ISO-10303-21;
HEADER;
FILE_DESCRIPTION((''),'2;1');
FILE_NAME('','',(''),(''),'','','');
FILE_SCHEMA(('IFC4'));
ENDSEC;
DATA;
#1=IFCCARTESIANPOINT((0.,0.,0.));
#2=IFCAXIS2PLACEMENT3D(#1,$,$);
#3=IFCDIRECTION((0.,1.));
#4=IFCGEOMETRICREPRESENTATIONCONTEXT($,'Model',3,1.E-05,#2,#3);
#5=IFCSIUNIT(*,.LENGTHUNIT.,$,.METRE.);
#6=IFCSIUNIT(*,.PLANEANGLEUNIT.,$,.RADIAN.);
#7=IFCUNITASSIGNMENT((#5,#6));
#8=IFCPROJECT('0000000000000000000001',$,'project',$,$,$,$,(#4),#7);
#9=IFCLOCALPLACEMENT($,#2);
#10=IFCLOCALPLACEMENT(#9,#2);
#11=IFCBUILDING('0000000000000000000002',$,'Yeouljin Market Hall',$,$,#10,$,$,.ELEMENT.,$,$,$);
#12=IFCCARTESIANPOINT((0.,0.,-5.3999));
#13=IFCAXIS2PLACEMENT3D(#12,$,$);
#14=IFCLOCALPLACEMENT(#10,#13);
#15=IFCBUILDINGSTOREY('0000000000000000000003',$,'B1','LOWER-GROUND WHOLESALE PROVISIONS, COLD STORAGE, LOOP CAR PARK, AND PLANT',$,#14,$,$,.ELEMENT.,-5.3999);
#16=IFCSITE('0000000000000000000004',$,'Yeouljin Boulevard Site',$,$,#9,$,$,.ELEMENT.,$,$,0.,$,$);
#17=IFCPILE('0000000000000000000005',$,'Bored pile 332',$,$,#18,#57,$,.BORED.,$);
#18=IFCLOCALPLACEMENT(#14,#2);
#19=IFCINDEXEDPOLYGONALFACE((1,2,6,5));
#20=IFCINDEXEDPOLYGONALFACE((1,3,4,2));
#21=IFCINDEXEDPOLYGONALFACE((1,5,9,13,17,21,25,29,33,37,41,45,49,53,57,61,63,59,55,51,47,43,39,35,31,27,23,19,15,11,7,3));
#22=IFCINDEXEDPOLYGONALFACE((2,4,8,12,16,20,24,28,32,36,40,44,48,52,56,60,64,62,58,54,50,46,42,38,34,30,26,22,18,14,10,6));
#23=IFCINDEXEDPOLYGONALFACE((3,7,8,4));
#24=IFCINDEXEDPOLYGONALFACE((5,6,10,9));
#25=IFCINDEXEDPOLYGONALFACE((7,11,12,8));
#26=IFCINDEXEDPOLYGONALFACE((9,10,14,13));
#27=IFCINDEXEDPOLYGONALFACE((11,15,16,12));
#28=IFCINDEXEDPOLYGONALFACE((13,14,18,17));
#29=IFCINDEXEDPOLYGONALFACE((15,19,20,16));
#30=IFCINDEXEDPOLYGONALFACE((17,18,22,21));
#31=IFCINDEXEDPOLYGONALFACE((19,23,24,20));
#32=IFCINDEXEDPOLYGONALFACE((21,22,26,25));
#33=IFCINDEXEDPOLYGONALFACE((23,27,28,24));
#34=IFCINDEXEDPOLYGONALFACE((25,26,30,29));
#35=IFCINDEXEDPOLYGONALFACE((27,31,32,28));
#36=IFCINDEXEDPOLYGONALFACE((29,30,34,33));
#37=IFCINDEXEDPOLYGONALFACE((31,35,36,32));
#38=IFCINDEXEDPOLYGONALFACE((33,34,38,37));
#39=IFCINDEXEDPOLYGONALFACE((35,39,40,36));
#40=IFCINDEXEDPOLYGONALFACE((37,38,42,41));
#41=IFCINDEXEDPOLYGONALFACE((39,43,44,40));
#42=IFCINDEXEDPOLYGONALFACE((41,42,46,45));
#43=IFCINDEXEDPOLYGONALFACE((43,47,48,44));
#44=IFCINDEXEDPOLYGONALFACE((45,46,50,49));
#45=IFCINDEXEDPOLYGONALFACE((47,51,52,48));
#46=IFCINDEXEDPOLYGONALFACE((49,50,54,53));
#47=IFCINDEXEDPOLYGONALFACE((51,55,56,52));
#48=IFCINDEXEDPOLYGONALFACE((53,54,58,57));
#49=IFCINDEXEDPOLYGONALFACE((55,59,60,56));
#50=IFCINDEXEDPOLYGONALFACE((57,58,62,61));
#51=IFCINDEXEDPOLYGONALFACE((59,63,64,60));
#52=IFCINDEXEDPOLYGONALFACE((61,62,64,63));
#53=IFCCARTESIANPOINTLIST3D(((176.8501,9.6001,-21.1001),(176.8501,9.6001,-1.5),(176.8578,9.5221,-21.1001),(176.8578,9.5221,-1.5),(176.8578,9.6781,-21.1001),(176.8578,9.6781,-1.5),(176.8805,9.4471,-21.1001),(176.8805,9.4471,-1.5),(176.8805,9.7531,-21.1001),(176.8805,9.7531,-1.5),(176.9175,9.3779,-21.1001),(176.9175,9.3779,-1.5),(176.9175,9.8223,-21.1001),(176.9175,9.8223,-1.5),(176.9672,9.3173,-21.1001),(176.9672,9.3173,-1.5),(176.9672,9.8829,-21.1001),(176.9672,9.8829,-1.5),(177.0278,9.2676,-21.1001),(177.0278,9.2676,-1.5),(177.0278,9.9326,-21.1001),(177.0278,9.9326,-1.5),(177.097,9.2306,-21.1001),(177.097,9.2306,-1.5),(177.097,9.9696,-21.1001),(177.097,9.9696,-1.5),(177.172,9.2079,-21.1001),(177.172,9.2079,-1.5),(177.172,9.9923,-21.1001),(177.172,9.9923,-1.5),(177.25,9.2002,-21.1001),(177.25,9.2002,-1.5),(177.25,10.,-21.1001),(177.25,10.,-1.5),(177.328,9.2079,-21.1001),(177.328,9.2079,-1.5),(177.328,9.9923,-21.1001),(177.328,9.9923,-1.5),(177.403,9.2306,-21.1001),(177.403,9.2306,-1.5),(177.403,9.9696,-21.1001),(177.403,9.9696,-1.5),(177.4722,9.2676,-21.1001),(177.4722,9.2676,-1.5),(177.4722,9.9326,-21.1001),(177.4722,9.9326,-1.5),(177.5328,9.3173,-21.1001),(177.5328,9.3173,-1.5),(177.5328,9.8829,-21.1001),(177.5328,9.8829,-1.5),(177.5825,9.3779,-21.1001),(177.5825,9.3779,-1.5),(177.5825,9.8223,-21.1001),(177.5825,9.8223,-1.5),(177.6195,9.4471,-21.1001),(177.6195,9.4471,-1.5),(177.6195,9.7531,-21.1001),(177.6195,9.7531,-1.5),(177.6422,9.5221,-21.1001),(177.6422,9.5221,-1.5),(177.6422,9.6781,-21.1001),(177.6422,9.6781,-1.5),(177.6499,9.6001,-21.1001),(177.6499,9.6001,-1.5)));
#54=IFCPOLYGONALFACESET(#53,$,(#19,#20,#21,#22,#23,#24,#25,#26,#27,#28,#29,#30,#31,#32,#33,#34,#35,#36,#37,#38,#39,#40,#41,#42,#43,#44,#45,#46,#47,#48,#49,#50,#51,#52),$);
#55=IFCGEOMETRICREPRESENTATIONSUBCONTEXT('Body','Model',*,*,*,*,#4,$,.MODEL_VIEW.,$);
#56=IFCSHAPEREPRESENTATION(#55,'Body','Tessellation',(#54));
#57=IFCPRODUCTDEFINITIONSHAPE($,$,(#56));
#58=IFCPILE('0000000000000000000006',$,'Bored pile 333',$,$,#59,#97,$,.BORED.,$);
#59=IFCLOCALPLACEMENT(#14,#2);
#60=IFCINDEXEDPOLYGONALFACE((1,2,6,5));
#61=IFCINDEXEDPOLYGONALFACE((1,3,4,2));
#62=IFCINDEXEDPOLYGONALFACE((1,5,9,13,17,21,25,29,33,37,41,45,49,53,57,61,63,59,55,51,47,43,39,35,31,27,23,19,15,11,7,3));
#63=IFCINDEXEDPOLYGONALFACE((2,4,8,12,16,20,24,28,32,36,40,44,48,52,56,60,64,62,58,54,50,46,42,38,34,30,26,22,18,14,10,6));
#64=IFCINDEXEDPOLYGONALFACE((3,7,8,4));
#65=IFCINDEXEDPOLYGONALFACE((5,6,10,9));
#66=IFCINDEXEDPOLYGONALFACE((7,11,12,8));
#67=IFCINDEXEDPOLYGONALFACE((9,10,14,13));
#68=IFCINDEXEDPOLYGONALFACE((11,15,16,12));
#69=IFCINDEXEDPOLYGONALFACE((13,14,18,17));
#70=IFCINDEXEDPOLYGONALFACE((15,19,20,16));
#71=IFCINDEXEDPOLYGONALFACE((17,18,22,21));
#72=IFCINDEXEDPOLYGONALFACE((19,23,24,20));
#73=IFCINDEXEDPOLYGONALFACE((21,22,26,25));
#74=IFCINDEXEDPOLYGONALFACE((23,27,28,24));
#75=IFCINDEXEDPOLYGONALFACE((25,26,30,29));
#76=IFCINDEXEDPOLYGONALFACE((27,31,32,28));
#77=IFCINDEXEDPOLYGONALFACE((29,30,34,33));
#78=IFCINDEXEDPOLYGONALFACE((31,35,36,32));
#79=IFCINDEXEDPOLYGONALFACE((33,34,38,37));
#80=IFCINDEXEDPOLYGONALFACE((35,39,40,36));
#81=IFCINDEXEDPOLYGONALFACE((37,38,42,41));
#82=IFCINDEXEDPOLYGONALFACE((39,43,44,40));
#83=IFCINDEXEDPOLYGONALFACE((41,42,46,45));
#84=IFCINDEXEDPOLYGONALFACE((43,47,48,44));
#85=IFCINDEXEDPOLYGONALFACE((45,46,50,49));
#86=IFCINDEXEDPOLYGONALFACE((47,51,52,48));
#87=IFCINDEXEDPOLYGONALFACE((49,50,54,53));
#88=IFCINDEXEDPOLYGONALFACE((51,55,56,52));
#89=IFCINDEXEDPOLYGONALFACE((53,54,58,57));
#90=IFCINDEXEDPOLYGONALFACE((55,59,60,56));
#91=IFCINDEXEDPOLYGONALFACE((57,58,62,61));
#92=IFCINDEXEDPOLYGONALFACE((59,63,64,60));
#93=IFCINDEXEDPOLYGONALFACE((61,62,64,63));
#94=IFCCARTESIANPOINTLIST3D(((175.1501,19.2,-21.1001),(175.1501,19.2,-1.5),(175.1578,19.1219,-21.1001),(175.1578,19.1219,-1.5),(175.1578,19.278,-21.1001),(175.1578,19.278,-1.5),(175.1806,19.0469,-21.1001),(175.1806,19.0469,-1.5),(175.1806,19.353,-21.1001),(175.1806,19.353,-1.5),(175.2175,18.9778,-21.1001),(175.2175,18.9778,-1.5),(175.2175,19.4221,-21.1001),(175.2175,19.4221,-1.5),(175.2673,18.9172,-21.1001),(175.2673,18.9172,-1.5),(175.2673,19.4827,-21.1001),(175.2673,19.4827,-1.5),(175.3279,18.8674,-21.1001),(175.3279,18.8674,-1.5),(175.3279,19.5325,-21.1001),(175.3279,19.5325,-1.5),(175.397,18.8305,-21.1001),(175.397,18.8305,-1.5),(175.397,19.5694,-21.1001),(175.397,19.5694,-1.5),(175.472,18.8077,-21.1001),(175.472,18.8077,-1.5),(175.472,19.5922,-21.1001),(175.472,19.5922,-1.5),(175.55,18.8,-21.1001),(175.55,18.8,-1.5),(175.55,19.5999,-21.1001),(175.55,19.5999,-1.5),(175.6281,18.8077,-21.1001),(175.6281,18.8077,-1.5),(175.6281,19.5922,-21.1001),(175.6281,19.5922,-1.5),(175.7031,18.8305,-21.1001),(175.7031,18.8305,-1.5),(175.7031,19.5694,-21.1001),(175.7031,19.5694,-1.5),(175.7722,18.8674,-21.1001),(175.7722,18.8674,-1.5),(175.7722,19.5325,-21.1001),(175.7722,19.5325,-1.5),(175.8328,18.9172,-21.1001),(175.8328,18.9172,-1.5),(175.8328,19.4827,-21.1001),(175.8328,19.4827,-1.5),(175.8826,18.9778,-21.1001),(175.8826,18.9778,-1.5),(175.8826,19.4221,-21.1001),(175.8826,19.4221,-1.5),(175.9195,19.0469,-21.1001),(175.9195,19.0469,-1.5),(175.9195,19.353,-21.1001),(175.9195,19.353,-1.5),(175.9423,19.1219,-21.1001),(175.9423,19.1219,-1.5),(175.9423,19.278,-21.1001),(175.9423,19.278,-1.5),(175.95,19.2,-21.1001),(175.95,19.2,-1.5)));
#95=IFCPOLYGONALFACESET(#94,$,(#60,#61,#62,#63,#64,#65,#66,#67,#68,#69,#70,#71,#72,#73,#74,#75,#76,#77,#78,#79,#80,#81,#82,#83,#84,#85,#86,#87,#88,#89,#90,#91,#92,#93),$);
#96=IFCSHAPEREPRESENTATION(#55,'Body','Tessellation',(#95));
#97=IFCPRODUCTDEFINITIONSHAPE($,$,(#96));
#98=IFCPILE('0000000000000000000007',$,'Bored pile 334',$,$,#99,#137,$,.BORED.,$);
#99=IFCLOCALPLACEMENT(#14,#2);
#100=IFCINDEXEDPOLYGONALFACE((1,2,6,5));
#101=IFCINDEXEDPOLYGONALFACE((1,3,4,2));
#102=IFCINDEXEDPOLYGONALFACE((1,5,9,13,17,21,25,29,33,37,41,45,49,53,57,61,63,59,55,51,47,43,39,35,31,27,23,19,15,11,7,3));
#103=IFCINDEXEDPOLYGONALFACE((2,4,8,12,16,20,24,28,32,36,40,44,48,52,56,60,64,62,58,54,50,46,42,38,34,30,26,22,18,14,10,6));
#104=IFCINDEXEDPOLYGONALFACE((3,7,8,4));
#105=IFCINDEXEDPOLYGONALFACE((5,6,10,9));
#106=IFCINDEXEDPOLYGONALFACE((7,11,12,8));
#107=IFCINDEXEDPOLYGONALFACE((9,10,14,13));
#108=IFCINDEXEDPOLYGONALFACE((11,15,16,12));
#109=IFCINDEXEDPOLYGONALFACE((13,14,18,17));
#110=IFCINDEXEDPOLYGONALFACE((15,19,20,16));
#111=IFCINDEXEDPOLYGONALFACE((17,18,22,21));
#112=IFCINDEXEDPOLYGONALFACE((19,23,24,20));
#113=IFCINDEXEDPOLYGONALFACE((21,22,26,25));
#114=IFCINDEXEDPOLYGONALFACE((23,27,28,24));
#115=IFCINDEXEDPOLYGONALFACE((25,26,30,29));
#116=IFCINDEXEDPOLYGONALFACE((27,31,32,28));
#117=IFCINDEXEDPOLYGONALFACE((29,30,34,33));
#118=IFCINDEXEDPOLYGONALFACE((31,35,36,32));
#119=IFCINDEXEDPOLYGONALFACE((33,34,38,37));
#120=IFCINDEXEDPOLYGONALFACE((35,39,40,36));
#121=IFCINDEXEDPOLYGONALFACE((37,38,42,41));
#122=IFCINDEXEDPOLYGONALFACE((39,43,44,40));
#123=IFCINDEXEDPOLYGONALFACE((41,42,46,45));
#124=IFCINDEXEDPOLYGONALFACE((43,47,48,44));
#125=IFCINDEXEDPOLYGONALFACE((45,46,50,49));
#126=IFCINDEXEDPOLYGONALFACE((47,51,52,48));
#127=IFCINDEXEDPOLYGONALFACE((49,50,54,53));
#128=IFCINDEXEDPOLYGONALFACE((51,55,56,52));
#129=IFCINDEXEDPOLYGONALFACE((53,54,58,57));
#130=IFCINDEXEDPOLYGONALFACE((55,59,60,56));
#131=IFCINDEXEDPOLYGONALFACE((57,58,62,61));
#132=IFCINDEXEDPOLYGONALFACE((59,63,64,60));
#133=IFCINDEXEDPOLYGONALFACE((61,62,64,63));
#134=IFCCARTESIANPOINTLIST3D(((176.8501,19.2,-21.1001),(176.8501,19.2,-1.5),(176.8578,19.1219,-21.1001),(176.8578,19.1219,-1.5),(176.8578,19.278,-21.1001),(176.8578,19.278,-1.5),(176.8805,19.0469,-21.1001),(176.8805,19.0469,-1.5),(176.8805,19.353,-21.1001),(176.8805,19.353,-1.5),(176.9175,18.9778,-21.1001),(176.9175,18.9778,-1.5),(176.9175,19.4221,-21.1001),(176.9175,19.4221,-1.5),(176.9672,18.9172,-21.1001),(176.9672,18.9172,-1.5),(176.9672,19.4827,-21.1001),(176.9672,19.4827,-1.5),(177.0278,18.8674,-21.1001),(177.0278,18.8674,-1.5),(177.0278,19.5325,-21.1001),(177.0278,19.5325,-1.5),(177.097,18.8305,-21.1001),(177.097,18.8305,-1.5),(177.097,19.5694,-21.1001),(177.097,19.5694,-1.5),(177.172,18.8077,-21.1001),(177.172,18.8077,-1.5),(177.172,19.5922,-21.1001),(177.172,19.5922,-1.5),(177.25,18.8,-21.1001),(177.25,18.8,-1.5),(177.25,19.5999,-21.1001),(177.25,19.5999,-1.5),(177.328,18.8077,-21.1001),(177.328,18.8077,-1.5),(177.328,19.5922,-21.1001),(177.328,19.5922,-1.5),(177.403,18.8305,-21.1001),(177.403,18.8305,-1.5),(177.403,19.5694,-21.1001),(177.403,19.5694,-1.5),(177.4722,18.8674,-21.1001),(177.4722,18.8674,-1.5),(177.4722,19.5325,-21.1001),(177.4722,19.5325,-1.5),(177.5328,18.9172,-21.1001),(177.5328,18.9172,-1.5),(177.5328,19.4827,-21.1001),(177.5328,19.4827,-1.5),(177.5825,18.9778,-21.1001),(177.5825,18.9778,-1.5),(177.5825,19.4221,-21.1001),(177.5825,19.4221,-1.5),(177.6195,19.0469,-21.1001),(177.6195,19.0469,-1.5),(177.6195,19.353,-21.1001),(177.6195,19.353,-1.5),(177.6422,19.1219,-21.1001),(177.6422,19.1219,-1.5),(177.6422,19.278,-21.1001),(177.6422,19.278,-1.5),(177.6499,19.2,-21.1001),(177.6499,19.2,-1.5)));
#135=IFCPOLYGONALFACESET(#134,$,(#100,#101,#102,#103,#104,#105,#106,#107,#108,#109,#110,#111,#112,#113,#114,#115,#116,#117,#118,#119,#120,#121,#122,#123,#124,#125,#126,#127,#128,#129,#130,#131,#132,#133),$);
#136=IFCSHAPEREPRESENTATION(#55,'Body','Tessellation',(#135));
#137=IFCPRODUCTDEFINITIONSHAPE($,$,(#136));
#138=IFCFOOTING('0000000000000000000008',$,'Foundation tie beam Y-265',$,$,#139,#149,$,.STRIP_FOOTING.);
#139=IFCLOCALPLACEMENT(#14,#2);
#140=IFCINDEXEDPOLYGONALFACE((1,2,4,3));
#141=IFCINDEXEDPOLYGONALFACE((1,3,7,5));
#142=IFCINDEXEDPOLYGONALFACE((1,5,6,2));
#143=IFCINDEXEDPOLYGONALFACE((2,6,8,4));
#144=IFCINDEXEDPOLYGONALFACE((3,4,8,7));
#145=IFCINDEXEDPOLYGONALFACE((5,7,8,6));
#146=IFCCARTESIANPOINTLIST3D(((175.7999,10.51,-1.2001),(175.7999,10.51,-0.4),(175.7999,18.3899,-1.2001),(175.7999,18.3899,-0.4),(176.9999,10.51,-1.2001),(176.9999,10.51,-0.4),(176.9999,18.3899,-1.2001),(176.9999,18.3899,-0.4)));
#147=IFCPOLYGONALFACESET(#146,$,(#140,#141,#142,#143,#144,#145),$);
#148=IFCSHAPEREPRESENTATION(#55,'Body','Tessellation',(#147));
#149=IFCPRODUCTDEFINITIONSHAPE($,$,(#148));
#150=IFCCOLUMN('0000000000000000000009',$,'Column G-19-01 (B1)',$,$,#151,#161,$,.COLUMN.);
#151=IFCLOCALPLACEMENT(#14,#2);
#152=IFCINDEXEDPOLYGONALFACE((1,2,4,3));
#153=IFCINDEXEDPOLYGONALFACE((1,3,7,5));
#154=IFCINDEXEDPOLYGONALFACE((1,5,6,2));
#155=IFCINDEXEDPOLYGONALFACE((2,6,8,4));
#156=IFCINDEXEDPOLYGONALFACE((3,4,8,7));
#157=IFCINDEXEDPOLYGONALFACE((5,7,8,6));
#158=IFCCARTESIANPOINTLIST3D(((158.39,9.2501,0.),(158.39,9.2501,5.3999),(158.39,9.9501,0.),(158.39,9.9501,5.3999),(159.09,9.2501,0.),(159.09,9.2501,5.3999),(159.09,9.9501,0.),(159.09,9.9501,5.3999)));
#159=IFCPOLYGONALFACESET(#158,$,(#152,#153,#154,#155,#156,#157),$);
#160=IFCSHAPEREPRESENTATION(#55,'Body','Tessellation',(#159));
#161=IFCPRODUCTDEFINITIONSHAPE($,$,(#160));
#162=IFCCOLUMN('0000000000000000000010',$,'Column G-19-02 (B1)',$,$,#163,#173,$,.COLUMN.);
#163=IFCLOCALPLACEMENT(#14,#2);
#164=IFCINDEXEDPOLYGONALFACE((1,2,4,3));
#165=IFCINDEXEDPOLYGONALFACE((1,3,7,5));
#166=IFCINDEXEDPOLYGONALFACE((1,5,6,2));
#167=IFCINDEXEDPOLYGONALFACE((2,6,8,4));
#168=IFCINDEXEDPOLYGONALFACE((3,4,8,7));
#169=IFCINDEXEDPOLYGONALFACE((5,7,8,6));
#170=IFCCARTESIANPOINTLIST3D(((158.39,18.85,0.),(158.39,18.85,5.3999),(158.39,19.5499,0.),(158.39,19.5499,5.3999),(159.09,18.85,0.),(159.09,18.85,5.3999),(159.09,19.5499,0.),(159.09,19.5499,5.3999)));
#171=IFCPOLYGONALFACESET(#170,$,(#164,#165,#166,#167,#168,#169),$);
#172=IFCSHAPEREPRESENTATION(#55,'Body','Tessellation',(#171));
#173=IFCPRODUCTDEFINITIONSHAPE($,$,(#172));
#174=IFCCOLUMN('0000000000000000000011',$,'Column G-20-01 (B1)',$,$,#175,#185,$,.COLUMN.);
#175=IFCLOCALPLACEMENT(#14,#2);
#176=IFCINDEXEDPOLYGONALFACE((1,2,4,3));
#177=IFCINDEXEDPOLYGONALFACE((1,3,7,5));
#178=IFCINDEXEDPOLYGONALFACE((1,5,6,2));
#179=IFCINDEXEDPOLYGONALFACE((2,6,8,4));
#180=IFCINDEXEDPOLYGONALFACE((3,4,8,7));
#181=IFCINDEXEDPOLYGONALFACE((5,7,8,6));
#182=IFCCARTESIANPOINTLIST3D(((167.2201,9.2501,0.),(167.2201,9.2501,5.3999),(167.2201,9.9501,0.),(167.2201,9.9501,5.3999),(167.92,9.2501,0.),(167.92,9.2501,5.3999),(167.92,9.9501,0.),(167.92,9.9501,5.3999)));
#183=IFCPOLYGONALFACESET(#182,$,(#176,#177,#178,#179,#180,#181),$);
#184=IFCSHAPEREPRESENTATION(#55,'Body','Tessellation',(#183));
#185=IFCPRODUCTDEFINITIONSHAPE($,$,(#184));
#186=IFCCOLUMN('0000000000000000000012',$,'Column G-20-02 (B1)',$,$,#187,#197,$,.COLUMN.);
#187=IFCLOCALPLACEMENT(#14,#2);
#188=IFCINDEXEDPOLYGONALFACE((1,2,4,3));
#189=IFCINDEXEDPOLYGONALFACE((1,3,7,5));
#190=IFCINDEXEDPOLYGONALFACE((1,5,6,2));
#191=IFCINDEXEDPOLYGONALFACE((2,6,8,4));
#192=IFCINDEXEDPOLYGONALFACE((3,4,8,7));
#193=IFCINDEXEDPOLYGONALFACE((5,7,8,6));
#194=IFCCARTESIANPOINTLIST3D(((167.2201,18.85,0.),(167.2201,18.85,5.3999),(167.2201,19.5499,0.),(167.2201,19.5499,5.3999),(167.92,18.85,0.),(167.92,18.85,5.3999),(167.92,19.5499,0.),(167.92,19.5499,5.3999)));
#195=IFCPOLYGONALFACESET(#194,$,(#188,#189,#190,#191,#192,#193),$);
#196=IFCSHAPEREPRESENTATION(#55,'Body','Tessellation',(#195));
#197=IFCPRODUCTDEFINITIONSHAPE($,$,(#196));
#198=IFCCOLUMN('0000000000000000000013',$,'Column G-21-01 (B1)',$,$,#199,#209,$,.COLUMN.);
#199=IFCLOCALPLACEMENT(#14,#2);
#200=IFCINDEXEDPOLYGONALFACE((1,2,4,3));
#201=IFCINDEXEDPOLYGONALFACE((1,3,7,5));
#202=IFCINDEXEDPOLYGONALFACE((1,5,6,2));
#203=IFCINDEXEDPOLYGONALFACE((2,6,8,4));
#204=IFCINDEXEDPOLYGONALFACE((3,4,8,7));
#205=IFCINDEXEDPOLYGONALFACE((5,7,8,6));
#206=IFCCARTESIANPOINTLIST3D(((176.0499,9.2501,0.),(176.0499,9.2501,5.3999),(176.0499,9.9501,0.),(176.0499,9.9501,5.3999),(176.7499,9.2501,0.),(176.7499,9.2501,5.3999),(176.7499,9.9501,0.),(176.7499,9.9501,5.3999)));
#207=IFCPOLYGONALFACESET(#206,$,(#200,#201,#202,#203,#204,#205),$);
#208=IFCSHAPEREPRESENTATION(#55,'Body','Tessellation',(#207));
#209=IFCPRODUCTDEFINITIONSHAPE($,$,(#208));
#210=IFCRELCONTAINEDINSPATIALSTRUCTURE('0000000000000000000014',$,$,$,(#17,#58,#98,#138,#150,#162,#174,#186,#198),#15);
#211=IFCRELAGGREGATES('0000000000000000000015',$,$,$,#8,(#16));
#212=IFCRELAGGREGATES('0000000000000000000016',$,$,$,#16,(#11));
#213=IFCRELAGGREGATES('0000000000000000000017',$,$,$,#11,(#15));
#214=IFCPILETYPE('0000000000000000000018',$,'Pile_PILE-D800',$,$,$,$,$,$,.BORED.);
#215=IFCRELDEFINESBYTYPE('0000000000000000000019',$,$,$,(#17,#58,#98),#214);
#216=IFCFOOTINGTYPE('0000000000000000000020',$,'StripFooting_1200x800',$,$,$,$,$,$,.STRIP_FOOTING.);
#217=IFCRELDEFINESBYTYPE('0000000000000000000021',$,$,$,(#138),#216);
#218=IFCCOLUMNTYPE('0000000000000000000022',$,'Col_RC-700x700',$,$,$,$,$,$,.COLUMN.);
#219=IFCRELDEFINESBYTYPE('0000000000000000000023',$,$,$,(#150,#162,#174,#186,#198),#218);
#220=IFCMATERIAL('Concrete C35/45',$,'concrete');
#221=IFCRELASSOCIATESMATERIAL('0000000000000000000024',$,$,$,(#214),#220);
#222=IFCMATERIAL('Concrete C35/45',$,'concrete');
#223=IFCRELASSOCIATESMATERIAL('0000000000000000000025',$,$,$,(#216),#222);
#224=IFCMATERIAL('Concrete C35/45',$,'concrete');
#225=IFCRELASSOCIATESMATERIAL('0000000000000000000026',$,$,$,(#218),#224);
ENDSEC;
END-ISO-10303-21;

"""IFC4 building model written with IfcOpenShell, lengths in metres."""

from ifc_helpers import new_model, si_unit, direction, frame, origin, origin_2d, place, context, subcontext, project, spatial, rectangle, circle, extrude, material, material_profile, profile_set, type_object, element, save


model = new_model("IFC4")

# Units and contexts
model_context = context("Model", 3, precision=1e-05, world=origin(), true_north=direction((0.0, 1.0)))
body_context = subcontext(model_context, "Body", "Model", "MODEL_VIEW")
ifc_project = project(units=[si_unit("LENGTHUNIT", "METRE"), si_unit("PLANEANGLEUNIT", "RADIAN")], contexts=[model_context])

# Site, building, storey
site_placement = place(None, origin())
site = spatial("IfcSite", under=ifc_project, at=site_placement, Name="Yeouljin Boulevard Site", CompositionType="ELEMENT", RefElevation=0.0)
building_placement = place(site_placement, origin())
building = spatial("IfcBuilding", under=site, at=building_placement, Name="Yeouljin Market Hall", CompositionType="ELEMENT")
storey_placement = place(building_placement, frame((0.0, 0.0, -5.3999)))
storey = spatial("IfcBuildingStorey", under=building, at=storey_placement, Name="B1", Description="LOWER-GROUND WHOLESALE PROVISIONS, COLD STORAGE, LOOP CAR PARK, AND PLANT", CompositionType="ELEMENT", Elevation=-5.3999)

# Piles
ifc_material_1 = material(Name="Concrete C35/45", Category="concrete")
ifc_material_profile_1 = material_profile(ifc_material_1, circle(Radius=0.3999, at=origin_2d()), Name="PILE-D800")
ifc_profile_set_1 = profile_set([ifc_material_profile_1], Name="Concrete C35/45")
pile_type = type_object("IfcPileType", Name="Pile_PILE-D800", PredefinedType="BORED", material=ifc_profile_set_1)
for number, where, z_axis, x_axis, name in (
    (1, (177.25, 9.6001, -1.5), (0.0, 0.0, -1.0), (1.0, 0.0, 0.0), "Bored pile 332"),
    (2, (175.55, 19.2, -1.5), (0.0, 0.0, -1.0), (1.0, 0.0, 0.0), "Bored pile 333"),
    (3, (177.25, 19.2, -1.5), (0.0, 0.0, -1.0), (1.0, 0.0, 0.0), "Bored pile 334"),
):
    element("IfcPile", number, at=place(storey_placement, frame(where, z_axis=z_axis, x_axis=x_axis)), inside=storey, type_object=pile_type, Name=name, PredefinedType="BORED", context=body_context, shape_type="SweptSolid", body=[
        extrude(circle(Radius=0.3999, at=origin_2d()), origin(), (0.0, 0.0, 1.0), 19.6001),
    ])

# Footing
ifc_material_2 = material(Name="Concrete C35/45", Category="concrete")
ifc_material_profile_2 = material_profile(ifc_material_2, rectangle(XDim=1.2, YDim=0.8, at=origin_2d()), Name="SF-1200x800")
ifc_profile_set_2 = profile_set([ifc_material_profile_2], Name="Concrete C35/45")
footing_type_1 = type_object("IfcFootingType", Name="StripFooting_1200x800", PredefinedType="STRIP_FOOTING", material=ifc_profile_set_2)
footing_1_placement = place(storey_placement, frame((176.3999, 10.51, -0.8), z_axis=(0.0, 1.0, 0.0), x_axis=(-1.0, 0.0, 0.0)))
element("IfcFooting", 4, at=footing_1_placement, inside=storey, type_object=footing_type_1, Name="Foundation tie beam Y-265", PredefinedType="STRIP_FOOTING", context=body_context, shape_type="SweptSolid", body=[
    extrude(rectangle(XDim=1.2, YDim=0.8, at=origin_2d()), origin(), (0.0, 0.0, 1.0), 7.8799),
])

# Columns
ifc_material_3 = material(Name="Concrete C35/45", Category="concrete")
ifc_material_profile_3 = material_profile(ifc_material_3, rectangle(XDim=0.7, YDim=0.7, at=origin_2d()), Name="RC-700x700")
ifc_profile_set_3 = profile_set([ifc_material_profile_3], Name="Concrete C35/45")
column_type = type_object("IfcColumnType", Name="Col_RC-700x700", PredefinedType="COLUMN", material=ifc_profile_set_3)
for number, where, z_axis, x_axis, name in (
    (5, (158.74, 9.6001, 0.0), (0.0, 0.0, 1.0), (1.0, 0.0, 0.0), "Column G-19-01 (B1)"),
    (6, (158.74, 19.2, 0.0), (0.0, 0.0, 1.0), (1.0, 0.0, 0.0), "Column G-19-02 (B1)"),
    (7, (167.5701, 9.6001, 0.0), (0.0, 0.0, 1.0), (1.0, 0.0, 0.0), "Column G-20-01 (B1)"),
    (8, (167.5701, 19.2, 0.0), (0.0, 0.0, 1.0), (1.0, 0.0, 0.0), "Column G-20-02 (B1)"),
    (9, (176.3999, 9.6001, 0.0), (0.0, 0.0, 1.0), (1.0, 0.0, 0.0), "Column G-21-01 (B1)"),
):
    element("IfcColumn", number, at=place(storey_placement, frame(where, z_axis=z_axis, x_axis=x_axis)), inside=storey, type_object=column_type, Name=name, PredefinedType="COLUMN", context=body_context, shape_type="SweptSolid", body=[
        extrude(rectangle(XDim=0.7, YDim=0.7, at=origin_2d()), origin(), (0.0, 0.0, 1.0), 5.3999),
    ])

save(model, "model.ifc")
